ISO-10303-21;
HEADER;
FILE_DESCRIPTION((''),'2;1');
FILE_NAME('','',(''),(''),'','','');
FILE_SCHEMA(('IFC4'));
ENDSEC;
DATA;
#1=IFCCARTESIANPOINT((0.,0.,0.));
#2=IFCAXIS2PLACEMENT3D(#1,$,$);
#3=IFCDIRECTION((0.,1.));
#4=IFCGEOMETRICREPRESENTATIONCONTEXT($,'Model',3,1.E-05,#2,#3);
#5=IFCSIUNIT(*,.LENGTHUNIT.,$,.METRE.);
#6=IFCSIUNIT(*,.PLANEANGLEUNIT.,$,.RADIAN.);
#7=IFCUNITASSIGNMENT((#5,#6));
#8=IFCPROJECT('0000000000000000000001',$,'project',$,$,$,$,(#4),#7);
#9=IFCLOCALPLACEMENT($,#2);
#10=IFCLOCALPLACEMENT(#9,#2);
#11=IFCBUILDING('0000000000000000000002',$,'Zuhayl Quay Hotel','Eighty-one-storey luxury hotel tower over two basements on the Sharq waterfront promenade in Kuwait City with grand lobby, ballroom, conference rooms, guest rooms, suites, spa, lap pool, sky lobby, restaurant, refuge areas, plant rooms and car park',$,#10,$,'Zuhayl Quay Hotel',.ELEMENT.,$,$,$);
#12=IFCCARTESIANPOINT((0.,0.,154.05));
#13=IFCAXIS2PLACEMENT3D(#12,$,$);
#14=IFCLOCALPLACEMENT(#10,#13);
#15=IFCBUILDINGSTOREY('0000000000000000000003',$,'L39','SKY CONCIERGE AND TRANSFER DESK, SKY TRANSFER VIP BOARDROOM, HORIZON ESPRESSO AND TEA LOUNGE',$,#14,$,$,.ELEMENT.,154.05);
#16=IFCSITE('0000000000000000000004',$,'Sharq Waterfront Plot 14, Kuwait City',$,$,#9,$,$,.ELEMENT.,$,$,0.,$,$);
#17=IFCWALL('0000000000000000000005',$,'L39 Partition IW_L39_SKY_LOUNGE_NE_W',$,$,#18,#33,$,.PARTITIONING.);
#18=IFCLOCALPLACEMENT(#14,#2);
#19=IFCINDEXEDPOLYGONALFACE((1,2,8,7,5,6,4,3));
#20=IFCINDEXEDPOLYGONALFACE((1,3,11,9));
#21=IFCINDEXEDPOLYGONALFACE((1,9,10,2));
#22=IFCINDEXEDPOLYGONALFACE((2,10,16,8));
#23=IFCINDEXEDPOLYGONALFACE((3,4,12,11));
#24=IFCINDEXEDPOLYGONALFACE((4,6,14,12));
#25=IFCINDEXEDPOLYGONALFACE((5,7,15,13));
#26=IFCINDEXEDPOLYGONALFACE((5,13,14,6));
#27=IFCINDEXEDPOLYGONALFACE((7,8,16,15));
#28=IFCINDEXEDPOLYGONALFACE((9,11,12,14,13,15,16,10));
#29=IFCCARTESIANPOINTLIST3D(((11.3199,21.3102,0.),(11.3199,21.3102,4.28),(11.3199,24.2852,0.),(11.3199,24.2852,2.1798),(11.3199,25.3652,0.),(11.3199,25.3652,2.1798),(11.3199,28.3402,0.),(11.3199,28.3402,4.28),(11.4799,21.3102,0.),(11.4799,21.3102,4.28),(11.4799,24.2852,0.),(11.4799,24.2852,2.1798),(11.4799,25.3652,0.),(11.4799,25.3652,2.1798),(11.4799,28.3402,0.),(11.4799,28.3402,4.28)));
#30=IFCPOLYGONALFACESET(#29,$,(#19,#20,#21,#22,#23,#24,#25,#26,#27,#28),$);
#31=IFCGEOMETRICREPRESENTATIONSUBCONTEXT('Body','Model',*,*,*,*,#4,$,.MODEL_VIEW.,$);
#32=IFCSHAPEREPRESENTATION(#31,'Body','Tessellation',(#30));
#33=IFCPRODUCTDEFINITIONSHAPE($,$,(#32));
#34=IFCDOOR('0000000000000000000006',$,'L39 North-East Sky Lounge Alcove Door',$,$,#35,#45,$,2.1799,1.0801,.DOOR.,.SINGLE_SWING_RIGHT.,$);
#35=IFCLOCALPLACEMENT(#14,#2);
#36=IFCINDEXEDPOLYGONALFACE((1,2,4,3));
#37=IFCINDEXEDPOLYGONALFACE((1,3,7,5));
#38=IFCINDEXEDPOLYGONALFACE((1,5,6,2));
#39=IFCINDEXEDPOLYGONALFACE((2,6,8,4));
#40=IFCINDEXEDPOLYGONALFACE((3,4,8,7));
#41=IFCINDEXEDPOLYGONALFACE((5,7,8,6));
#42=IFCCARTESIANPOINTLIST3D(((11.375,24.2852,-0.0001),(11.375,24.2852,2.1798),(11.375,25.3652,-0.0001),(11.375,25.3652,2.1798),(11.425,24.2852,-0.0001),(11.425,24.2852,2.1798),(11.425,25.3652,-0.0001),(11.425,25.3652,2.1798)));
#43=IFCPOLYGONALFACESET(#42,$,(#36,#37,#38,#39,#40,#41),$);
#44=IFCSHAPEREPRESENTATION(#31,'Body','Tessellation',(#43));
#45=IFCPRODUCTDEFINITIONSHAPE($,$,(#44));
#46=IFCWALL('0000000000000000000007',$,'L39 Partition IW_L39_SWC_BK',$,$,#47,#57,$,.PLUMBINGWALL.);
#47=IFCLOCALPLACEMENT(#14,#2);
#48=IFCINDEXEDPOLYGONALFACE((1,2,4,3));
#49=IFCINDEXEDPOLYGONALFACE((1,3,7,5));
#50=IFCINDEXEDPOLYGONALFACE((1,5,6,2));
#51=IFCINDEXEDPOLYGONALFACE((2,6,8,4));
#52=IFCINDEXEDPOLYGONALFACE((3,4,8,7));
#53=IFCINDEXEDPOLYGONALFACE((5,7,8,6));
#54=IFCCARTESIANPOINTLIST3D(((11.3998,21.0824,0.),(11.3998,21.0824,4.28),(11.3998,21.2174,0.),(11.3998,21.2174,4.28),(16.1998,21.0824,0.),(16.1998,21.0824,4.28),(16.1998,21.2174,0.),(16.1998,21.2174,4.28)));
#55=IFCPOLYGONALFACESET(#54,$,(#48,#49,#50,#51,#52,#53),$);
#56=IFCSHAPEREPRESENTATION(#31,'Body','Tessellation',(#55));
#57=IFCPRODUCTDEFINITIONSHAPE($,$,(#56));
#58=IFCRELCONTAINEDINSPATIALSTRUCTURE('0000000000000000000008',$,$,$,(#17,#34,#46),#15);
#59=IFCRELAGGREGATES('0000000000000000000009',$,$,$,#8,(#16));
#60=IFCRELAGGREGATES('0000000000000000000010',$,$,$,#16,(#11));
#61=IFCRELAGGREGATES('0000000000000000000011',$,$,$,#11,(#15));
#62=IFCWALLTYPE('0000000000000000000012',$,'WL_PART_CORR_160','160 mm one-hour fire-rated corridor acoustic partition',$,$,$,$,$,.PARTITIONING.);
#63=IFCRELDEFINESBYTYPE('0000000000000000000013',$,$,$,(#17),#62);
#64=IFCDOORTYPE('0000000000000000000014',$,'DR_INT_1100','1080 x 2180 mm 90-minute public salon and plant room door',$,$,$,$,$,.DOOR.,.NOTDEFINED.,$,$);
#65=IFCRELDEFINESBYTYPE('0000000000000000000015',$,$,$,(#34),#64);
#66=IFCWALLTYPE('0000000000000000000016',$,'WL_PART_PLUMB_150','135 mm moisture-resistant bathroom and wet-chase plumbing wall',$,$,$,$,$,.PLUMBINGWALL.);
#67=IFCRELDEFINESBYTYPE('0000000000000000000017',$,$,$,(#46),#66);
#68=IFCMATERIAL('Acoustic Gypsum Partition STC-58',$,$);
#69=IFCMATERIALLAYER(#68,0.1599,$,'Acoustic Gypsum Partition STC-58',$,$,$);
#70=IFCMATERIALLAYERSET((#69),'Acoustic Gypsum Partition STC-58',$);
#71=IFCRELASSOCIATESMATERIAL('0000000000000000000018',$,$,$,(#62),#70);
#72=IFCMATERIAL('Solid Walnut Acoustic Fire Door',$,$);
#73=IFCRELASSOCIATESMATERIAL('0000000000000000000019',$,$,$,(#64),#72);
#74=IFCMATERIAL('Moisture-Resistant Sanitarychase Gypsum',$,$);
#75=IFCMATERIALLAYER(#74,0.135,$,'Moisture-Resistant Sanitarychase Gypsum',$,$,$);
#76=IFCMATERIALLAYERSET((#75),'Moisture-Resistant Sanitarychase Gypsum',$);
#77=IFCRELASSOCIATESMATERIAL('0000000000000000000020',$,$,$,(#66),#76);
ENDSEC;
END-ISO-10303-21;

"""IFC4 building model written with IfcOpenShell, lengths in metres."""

from ifc_helpers import new_model, si_unit, direction, frame, frame_2d, origin, place, context, subcontext, project, spatial, rectangle, extrude, material, layer, layer_set, type_object, element, fill, save


model = new_model("IFC4")

# Units and contexts
model_context = context("Model", 3, precision=1e-05, world=origin(), true_north=direction((0.0, 1.0)))
body_context = subcontext(model_context, "Body", "Model", "MODEL_VIEW")
ifc_project = project(units=[si_unit("LENGTHUNIT", "METRE"), si_unit("PLANEANGLEUNIT", "RADIAN")], contexts=[model_context])

# Site, building, storey
site_placement = place(None, origin())
site = spatial("IfcSite", under=ifc_project, at=site_placement, Name="Sharq Waterfront Plot 14, Kuwait City", CompositionType="ELEMENT", RefElevation=0.0)
building_placement = place(site_placement, origin())
building = spatial("IfcBuilding", under=site, at=building_placement, Name="Zuhayl Quay Hotel", Description="Eighty-one-storey luxury hotel tower over two basements on the Sharq waterfront promenade in Kuwait City with grand lobby, ballroom, conference rooms, guest rooms, suites, spa, lap pool, sky lobby, restaurant, refuge areas, plant rooms and car park", LongName="Zuhayl Quay Hotel", CompositionType="ELEMENT")
storey_placement = place(building_placement, frame((0.0, 0.0, 154.05)))
storey = spatial("IfcBuildingStorey", under=building, at=storey_placement, Name="L39", Description="SKY CONCIERGE AND TRANSFER DESK, SKY TRANSFER VIP BOARDROOM, HORIZON ESPRESSO AND TEA LOUNGE", CompositionType="ELEMENT", Elevation=154.05)

# Shared definitions
ifc_material_1 = material(Name="Acoustic Gypsum Partition STC-58")

# Wall, opening, door
ifc_layer_1 = layer(ifc_material_1, 0.1599, Name="Acoustic Gypsum Partition STC-58")
ifc_layer_set_1 = layer_set([ifc_layer_1], Name="Acoustic Gypsum Partition STC-58")
wall_type_1 = type_object("IfcWallType", Name="WL_PART_CORR_160", Description="160 mm one-hour fire-rated corridor acoustic partition", PredefinedType="PARTITIONING", material=ifc_layer_set_1)
wall_1_placement = place(storey_placement, frame((11.3999, 21.3101, 0.0), z_axis=(0.0, 0.0, 1.0), x_axis=(0.0, 1.0, 0.0)))
wall_1 = element("IfcWall", 1, at=wall_1_placement, inside=storey, type_object=wall_type_1, Name="L39 Partition IW_L39_SKY_LOUNGE_NE_W", PredefinedType="PARTITIONING", context=body_context, shape_type="SweptSolid", body=[
    extrude(rectangle(XDim=7.03, YDim=0.1599, at=frame_2d((3.5151, 0.0))), origin(), (0.0, 0.0, 1.0), 4.28),
])
opening_1_placement = place(wall_1_placement, frame((2.9751, 0.0, 0.0)))
opening_1 = element("IfcOpeningElement", 2, at=opening_1_placement, cuts=wall_1, PredefinedType="OPENING", context=body_context, shape_type="SweptSolid", body=[
    extrude(rectangle(XDim=1.0801, YDim=2.1799, at=frame_2d((0.54, 1.0898))), frame((0.0, 0.0898, 0.0), z_axis=(0.0, -1.0, 0.0), x_axis=(1.0, 0.0, 0.0)), (0.0, 0.0, 1.0), 0.1799),
])
ifc_material_2 = material(Name="Solid Walnut Acoustic Fire Door")
door_type_1 = type_object("IfcDoorType", Name="DR_INT_1100", Description="1080 x 2180 mm 90-minute public salon and plant room door", OperationType="NOTDEFINED", PredefinedType="DOOR", material=ifc_material_2)
door_1_placement = place(opening_1_placement, origin())
door_1 = element("IfcDoor", 3, at=door_1_placement, inside=storey, type_object=door_type_1, Name="L39 North-East Sky Lounge Alcove Door", OperationType="SINGLE_SWING_RIGHT", OverallHeight=2.1799, OverallWidth=1.0801, PredefinedType="DOOR", context=body_context, shape_type="SweptSolid", body=[
    extrude(rectangle(XDim=1.0801, YDim=2.1799, at=frame_2d((0.54, 1.0898))), frame((0.0, 0.0249, 0.0), z_axis=(0.0, -1.0, 0.0), x_axis=(1.0, 0.0, 0.0)), (0.0, 0.0, 1.0), 0.05),
])
fill(opening_1, door_1)
ifc_material_3 = material(Name="Moisture-Resistant Sanitarychase Gypsum")
ifc_layer_2 = layer(ifc_material_3, 0.135, Name="Moisture-Resistant Sanitarychase Gypsum")
ifc_layer_set_2 = layer_set([ifc_layer_2], Name="Moisture-Resistant Sanitarychase Gypsum")
wall_type_2 = type_object("IfcWallType", Name="WL_PART_PLUMB_150", Description="135 mm moisture-resistant bathroom and wet-chase plumbing wall", PredefinedType="PLUMBINGWALL", material=ifc_layer_set_2)

# Wall
wall_2_placement = place(storey_placement, frame((11.3999, 21.1499, 0.0), z_axis=(0.0, 0.0, 1.0), x_axis=(1.0, 0.0, 0.0)))
element("IfcWall", 4, at=wall_2_placement, inside=storey, type_object=wall_type_2, Name="L39 Partition IW_L39_SWC_BK", PredefinedType="PLUMBINGWALL", context=body_context, shape_type="SweptSolid", body=[
    extrude(rectangle(XDim=4.8, YDim=0.135, at=frame_2d((2.3999, 0.0))), origin(), (0.0, 0.0, 1.0), 4.28),
])

save(model, "model.ifc")
